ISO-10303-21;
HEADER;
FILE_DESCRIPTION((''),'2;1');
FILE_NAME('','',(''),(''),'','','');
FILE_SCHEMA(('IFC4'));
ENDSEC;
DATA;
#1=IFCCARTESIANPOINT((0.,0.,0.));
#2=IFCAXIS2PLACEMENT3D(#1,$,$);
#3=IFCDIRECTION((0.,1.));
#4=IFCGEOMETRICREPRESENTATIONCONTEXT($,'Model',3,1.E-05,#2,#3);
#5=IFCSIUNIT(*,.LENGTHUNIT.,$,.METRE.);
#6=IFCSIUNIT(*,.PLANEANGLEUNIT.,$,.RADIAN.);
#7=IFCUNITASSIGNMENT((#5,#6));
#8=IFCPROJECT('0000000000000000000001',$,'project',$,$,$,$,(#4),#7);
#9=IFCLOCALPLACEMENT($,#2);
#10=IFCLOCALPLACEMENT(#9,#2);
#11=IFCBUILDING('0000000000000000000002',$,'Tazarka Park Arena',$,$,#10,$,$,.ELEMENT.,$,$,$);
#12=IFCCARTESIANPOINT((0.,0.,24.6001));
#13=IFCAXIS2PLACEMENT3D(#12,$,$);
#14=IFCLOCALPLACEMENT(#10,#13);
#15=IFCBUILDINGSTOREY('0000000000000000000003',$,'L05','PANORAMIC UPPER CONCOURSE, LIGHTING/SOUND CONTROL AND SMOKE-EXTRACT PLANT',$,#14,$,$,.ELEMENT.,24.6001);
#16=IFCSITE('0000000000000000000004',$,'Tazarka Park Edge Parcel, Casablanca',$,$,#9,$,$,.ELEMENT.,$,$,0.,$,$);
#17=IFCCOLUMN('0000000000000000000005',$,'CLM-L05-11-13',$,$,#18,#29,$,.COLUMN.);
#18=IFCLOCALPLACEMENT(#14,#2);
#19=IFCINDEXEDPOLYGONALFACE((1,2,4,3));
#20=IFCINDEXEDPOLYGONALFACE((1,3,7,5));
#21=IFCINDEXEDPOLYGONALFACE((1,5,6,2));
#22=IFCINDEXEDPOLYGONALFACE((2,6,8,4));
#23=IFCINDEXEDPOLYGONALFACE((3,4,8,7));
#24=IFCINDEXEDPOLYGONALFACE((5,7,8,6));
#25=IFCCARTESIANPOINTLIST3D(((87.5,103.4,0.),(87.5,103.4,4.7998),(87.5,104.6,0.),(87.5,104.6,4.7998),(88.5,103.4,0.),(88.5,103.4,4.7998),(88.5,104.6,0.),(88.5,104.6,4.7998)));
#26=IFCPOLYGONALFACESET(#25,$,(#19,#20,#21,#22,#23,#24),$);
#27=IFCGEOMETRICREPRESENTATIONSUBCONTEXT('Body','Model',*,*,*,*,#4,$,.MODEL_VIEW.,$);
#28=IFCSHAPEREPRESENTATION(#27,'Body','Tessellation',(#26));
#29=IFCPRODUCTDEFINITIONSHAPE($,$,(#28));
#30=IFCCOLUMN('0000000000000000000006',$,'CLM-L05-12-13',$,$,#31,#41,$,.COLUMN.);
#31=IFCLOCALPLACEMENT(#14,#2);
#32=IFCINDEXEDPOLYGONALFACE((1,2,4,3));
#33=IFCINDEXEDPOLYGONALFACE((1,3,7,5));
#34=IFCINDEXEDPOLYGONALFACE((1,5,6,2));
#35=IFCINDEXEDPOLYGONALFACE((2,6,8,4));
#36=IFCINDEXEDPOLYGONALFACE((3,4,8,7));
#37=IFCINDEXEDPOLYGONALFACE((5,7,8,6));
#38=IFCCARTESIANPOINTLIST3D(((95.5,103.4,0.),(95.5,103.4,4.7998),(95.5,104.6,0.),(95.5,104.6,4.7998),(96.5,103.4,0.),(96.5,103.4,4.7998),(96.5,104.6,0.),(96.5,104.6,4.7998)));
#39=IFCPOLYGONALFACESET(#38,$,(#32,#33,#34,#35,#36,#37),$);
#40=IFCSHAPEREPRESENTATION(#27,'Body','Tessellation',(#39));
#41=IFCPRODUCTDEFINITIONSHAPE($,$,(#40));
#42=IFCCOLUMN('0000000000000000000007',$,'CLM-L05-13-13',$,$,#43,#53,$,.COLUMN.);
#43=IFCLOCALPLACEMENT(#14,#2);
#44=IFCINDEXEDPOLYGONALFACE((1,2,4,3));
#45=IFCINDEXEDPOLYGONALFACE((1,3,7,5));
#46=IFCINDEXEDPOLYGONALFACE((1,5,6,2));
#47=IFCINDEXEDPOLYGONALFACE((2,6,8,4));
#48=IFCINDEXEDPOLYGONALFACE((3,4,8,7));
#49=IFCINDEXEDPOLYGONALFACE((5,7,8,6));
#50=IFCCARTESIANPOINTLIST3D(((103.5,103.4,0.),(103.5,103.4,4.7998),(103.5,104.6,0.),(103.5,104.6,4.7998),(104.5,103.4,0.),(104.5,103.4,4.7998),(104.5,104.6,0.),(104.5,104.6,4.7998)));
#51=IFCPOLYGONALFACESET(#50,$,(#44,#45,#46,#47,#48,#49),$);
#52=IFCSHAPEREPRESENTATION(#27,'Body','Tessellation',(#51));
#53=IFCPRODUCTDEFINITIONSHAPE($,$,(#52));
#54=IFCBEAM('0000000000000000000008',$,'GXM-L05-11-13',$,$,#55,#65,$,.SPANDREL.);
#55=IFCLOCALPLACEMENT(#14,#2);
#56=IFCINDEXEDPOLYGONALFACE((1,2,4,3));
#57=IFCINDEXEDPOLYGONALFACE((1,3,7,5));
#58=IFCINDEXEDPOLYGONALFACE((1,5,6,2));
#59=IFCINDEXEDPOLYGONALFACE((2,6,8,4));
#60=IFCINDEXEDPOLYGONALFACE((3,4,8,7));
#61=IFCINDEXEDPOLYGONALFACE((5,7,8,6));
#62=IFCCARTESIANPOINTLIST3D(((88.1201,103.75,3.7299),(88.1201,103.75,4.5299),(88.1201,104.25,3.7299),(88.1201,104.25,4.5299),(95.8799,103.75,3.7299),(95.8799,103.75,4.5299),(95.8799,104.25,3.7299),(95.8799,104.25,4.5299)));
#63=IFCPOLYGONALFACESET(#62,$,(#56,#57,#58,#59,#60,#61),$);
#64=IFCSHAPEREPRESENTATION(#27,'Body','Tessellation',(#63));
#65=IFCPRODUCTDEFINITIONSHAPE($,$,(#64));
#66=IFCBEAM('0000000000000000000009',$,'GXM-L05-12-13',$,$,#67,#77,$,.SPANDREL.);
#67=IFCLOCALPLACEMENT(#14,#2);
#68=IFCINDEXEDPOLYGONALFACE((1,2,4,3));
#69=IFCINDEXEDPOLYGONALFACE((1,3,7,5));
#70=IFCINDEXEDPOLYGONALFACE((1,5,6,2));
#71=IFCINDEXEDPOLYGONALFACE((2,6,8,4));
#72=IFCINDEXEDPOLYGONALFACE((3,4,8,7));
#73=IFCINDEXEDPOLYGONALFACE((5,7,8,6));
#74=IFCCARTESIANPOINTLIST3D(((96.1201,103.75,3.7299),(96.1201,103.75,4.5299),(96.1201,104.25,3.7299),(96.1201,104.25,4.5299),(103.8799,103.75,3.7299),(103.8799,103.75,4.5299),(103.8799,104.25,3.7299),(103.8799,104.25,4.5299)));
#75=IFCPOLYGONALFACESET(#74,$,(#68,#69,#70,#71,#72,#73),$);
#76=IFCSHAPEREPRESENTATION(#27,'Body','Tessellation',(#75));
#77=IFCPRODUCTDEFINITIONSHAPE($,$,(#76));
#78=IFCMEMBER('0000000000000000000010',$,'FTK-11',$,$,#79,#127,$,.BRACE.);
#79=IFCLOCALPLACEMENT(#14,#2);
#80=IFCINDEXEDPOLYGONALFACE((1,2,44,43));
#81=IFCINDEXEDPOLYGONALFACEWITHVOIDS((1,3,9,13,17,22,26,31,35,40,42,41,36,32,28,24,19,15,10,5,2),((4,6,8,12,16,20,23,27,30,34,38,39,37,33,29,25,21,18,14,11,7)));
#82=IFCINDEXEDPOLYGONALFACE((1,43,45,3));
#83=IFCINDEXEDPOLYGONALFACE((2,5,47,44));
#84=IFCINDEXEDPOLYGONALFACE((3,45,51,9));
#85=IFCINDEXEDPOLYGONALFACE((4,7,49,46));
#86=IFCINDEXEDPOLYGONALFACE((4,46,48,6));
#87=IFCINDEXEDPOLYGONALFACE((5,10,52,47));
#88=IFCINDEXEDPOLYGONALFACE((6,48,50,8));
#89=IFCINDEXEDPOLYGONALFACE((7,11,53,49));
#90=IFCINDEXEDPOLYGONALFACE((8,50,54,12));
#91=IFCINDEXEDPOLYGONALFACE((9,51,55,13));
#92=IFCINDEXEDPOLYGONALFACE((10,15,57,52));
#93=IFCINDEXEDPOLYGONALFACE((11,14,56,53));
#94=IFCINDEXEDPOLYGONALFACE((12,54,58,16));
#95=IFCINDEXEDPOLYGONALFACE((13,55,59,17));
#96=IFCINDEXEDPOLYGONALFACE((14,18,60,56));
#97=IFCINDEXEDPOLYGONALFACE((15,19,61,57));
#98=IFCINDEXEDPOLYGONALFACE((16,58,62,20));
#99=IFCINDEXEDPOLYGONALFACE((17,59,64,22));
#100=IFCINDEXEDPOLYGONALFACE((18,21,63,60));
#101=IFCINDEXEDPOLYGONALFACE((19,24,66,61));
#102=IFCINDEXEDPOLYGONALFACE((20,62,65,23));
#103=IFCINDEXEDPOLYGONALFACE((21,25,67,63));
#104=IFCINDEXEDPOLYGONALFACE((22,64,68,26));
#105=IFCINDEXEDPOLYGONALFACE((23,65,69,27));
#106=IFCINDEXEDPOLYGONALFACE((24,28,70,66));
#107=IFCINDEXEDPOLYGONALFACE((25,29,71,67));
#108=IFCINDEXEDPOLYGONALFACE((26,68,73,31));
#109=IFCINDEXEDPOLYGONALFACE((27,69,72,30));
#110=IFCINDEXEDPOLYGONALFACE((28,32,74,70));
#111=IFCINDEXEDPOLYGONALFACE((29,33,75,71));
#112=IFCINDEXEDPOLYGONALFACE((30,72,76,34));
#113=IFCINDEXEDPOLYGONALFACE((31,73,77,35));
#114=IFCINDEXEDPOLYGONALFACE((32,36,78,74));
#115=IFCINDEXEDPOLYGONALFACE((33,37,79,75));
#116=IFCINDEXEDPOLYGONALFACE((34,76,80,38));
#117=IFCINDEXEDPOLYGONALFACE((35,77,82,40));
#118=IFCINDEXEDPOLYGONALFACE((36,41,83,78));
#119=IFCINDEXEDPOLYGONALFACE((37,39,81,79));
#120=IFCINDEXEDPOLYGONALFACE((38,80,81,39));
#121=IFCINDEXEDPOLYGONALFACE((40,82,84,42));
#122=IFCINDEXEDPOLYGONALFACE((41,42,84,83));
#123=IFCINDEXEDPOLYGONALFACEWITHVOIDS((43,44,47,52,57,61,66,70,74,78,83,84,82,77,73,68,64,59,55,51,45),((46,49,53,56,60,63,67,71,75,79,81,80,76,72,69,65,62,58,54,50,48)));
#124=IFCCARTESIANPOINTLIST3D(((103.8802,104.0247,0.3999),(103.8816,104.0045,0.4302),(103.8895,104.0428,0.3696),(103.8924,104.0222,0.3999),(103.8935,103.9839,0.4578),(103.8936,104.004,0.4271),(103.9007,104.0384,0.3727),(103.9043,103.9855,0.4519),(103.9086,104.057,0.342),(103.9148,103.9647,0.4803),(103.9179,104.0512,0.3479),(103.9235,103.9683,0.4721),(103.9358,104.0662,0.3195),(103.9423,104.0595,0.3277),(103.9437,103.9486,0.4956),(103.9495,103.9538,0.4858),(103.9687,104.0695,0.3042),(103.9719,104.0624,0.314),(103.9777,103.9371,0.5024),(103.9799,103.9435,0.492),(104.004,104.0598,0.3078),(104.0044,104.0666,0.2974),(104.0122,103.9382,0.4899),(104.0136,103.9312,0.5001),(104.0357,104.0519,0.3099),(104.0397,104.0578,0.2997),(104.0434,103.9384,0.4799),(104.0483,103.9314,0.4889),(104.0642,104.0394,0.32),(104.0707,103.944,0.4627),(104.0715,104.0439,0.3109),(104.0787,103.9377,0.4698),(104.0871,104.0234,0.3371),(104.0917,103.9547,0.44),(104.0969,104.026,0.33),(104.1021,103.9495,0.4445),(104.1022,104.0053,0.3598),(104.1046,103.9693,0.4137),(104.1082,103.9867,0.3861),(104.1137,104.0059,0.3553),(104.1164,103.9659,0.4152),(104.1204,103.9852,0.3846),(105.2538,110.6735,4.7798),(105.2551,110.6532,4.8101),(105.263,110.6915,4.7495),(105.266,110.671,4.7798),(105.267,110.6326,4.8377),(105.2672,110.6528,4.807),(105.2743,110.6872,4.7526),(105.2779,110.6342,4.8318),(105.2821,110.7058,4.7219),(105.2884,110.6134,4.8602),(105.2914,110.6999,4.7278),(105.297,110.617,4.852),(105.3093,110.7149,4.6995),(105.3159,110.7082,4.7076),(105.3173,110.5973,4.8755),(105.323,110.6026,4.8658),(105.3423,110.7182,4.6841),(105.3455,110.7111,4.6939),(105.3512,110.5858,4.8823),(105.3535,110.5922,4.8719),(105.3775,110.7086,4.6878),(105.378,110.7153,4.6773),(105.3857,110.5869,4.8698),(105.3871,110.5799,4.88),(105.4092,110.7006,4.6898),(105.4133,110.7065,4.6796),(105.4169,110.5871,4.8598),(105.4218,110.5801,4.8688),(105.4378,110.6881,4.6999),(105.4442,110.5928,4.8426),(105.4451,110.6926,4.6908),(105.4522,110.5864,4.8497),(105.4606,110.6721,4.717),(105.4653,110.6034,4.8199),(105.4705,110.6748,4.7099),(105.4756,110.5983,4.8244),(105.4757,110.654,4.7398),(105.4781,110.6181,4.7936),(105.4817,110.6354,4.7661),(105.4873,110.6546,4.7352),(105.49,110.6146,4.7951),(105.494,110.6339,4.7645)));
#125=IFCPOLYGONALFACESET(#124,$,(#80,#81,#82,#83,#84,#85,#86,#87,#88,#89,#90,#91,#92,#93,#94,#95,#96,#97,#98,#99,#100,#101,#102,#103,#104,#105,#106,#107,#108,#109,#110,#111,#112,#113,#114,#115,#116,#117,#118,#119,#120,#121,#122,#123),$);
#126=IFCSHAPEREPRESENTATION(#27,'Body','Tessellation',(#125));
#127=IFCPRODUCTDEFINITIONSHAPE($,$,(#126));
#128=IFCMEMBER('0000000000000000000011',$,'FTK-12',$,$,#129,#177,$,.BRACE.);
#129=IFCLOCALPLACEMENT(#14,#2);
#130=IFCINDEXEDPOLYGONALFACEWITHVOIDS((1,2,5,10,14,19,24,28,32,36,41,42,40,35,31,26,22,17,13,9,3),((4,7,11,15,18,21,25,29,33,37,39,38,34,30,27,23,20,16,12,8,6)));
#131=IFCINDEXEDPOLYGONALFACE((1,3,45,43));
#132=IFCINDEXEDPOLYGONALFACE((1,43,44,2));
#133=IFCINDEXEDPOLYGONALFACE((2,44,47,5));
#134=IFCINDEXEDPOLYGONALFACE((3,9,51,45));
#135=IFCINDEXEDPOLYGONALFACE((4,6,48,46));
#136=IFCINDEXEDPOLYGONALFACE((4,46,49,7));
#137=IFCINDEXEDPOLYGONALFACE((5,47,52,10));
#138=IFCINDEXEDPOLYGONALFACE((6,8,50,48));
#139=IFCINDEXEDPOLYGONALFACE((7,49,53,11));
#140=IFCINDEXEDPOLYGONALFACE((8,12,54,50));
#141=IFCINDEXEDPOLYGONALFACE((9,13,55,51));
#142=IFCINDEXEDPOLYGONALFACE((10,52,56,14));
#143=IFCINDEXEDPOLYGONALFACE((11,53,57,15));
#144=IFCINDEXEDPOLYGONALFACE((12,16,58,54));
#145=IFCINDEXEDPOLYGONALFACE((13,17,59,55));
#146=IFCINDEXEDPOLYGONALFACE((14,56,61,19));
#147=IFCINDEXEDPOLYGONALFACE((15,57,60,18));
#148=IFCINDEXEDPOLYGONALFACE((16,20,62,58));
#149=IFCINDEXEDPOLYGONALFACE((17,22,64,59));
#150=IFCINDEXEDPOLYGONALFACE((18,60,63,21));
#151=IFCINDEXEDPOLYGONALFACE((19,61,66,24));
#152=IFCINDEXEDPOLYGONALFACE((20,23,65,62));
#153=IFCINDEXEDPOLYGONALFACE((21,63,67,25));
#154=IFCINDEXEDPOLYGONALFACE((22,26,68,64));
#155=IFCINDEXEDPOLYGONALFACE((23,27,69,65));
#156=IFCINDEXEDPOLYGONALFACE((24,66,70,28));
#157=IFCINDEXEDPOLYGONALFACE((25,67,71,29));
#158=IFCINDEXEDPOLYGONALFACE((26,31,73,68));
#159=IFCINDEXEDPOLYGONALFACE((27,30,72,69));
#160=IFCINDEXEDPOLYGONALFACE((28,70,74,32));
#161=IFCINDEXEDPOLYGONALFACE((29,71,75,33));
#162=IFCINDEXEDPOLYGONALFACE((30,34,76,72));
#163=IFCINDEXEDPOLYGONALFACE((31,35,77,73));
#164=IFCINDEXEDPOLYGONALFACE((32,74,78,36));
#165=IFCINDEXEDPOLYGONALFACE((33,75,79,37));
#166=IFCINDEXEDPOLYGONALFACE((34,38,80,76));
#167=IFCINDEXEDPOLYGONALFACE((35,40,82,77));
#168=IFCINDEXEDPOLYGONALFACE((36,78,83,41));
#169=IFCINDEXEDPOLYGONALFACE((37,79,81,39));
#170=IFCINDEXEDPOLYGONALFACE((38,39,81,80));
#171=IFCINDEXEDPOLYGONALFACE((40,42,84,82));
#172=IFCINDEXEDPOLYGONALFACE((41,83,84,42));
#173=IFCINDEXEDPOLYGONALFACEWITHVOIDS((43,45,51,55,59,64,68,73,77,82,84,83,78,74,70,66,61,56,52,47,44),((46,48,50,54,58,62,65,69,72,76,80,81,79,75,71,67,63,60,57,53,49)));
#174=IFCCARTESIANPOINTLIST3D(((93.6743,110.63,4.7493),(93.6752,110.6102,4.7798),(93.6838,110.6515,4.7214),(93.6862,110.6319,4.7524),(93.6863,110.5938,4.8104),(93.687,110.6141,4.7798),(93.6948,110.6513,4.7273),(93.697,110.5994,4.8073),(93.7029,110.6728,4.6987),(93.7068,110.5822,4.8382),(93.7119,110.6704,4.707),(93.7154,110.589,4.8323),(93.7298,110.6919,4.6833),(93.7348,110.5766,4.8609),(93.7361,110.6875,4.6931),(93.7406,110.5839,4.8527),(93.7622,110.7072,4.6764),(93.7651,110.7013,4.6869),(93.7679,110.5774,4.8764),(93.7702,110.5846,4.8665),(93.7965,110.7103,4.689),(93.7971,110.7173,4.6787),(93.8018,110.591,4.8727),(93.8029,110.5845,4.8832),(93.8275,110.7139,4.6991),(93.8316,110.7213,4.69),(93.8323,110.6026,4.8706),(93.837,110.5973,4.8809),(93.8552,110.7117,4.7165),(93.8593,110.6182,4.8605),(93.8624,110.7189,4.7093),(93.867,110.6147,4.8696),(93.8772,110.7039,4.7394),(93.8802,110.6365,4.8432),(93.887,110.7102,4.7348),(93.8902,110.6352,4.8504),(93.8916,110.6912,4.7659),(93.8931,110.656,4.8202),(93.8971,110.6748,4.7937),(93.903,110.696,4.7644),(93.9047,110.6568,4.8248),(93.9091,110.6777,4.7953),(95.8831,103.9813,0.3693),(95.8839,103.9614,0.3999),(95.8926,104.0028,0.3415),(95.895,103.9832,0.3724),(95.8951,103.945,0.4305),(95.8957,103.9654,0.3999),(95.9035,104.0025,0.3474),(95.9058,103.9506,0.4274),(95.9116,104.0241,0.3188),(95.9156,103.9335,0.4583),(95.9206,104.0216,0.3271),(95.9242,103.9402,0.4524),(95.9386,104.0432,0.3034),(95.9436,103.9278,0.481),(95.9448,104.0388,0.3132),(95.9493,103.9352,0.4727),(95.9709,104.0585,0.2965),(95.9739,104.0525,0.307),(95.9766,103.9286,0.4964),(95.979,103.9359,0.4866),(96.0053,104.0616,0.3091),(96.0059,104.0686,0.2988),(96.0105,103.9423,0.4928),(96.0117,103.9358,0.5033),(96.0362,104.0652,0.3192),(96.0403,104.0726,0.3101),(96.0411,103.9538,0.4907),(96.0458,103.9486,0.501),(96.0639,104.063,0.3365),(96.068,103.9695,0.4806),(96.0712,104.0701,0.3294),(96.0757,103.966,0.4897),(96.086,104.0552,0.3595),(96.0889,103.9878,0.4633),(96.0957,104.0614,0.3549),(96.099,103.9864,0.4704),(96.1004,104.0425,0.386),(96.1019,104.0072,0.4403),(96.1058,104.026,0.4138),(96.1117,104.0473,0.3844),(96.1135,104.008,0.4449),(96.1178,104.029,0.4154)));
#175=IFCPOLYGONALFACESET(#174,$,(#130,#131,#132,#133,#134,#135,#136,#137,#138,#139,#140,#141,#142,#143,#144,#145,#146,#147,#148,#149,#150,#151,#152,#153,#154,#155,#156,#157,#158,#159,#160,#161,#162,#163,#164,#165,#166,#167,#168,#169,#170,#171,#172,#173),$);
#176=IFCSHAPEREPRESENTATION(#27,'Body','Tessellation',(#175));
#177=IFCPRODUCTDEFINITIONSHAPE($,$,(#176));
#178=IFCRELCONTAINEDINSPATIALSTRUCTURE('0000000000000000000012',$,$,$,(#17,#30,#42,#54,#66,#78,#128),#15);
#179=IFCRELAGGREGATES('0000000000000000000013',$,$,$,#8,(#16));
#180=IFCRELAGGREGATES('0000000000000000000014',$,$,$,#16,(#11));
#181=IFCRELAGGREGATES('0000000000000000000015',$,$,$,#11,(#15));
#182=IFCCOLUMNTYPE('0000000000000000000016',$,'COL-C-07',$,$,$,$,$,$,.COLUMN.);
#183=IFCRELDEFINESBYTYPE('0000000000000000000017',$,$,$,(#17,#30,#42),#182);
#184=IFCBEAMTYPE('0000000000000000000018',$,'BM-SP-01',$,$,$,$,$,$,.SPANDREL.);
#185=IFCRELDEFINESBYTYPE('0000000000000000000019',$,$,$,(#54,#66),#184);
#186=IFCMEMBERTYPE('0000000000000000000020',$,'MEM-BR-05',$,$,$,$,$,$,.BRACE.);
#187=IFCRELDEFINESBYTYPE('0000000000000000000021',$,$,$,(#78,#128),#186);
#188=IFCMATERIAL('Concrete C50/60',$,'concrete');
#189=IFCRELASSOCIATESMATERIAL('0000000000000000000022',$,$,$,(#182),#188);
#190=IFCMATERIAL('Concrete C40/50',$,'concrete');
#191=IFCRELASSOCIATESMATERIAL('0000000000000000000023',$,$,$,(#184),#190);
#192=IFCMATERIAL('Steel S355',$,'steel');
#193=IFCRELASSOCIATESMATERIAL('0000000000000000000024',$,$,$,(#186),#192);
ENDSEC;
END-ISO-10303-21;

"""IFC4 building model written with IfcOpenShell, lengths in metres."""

from ifc_helpers import new_model, si_unit, direction, frame, origin, origin_2d, place, context, subcontext, project, spatial, rectangle, hollow_circle, extrude, material, material_profile, profile_set, type_object, element, save


model = new_model("IFC4")

# Units and contexts
model_context = context("Model", 3, precision=1e-05, world=origin(), true_north=direction((0.0, 1.0)))
body_context = subcontext(model_context, "Body", "Model", "MODEL_VIEW")
ifc_project = project(units=[si_unit("LENGTHUNIT", "METRE"), si_unit("PLANEANGLEUNIT", "RADIAN")], contexts=[model_context])

# Site, building, storey
site_placement = place(None, origin())
site = spatial("IfcSite", under=ifc_project, at=site_placement, Name="Tazarka Park Edge Parcel, Casablanca", CompositionType="ELEMENT", RefElevation=0.0)
building_placement = place(site_placement, origin())
building = spatial("IfcBuilding", under=site, at=building_placement, Name="Tazarka Park Arena", CompositionType="ELEMENT")
storey_placement = place(building_placement, frame((0.0, 0.0, 24.6001)))
storey = spatial("IfcBuildingStorey", under=building, at=storey_placement, Name="L05", Description="PANORAMIC UPPER CONCOURSE, LIGHTING/SOUND CONTROL AND SMOKE-EXTRACT PLANT", CompositionType="ELEMENT", Elevation=24.6001)

# Columns
ifc_material_1 = material(Name="Concrete C50/60", Category="concrete")
ifc_material_profile_1 = material_profile(ifc_material_1, rectangle(XDim=1.0, YDim=1.2, at=origin_2d()), Name="Concrete C50/60")
ifc_profile_set_1 = profile_set([ifc_material_profile_1], Name="Concrete C50/60")
column_type = type_object("IfcColumnType", Name="COL-C-07", PredefinedType="COLUMN", material=ifc_profile_set_1)
for number, where, z_axis, x_axis, name in (
    (1, (88.0, 104.0, 0.0), (0.0, 0.0, 1.0), (1.0, 0.0, 0.0), "CLM-L05-11-13"),
    (2, (96.0, 104.0, 0.0), (0.0, 0.0, 1.0), (1.0, 0.0, 0.0), "CLM-L05-12-13"),
    (3, (104.0, 104.0, 0.0), (0.0, 0.0, 1.0), (1.0, 0.0, 0.0), "CLM-L05-13-13"),
):
    element("IfcColumn", number, at=place(storey_placement, frame(where, z_axis=z_axis, x_axis=x_axis)), inside=storey, type_object=column_type, Name=name, PredefinedType="COLUMN", context=body_context, shape_type="SweptSolid", body=[
        extrude(rectangle(XDim=1.0, YDim=1.2, at=origin_2d()), origin(), (0.0, 0.0, 1.0), 4.7998),
    ])

# Beams
ifc_material_2 = material(Name="Concrete C40/50", Category="concrete")
ifc_material_profile_2 = material_profile(ifc_material_2, rectangle(XDim=0.5, YDim=0.8, at=origin_2d()), Name="Concrete C40/50")
ifc_profile_set_2 = profile_set([ifc_material_profile_2], Name="Concrete C40/50")
beam_type = type_object("IfcBeamType", Name="BM-SP-01", PredefinedType="SPANDREL", material=ifc_profile_set_2)
for number, where, z_axis, x_axis, name in (
    (4, (88.1201, 104.0, 4.1299), (1.0, 0.0, 0.0), (0.0, 1.0, 0.0), "GXM-L05-11-13"),
    (5, (96.1201, 104.0, 4.1299), (1.0, 0.0, 0.0), (0.0, 1.0, 0.0), "GXM-L05-12-13"),
):
    element("IfcBeam", number, at=place(storey_placement, frame(where, z_axis=z_axis, x_axis=x_axis)), inside=storey, type_object=beam_type, Name=name, PredefinedType="SPANDREL", context=body_context, shape_type="SweptSolid", body=[
        extrude(rectangle(XDim=0.5, YDim=0.8, at=origin_2d()), origin(), (0.0, 0.0, 1.0), 7.7598),
    ])

# Members
ifc_material_3 = material(Name="Steel S355", Category="steel")
ifc_material_profile_3 = material_profile(ifc_material_3, hollow_circle(Radius=0.1223, WallThickness=0.0125, at=origin_2d()), Name="Steel S355")
ifc_profile_set_3 = profile_set([ifc_material_profile_3], Name="Steel S355")
member_type_1 = type_object("IfcMemberType", Name="MEM-BR-05", PredefinedType="BRACE", material=ifc_profile_set_3)
member_1_placement = place(storey_placement, frame((104.0, 104.0, 0.3999), z_axis=(0.170007, 0.822929, 0.542112), x_axis=(-0.97932, 0.202315, 0.0)))
element("IfcMember", 6, at=member_1_placement, inside=storey, type_object=member_type_1, Name="FTK-11", PredefinedType="BRACE", context=body_context, shape_type="SweptSolid", body=[
    extrude(hollow_circle(Radius=0.1223, WallThickness=0.0125, at=origin_2d()), origin(), (0.0, 0.0, 1.0), 8.0793),
])
member_2_placement = place(storey_placement, frame((96.0, 104.0, 0.3999), z_axis=(-0.267325, 0.804694, 0.5301), x_axis=(-0.949003, -0.315266, 0.0)))
element("IfcMember", 7, at=member_2_placement, inside=storey, type_object=member_type_1, Name="FTK-12", PredefinedType="BRACE", context=body_context, shape_type="SweptSolid", body=[
    extrude(hollow_circle(Radius=0.1223, WallThickness=0.0125, at=origin_2d()), origin(), (0.0, 0.0, 1.0), 8.2625),
])

save(model, "model.ifc")
